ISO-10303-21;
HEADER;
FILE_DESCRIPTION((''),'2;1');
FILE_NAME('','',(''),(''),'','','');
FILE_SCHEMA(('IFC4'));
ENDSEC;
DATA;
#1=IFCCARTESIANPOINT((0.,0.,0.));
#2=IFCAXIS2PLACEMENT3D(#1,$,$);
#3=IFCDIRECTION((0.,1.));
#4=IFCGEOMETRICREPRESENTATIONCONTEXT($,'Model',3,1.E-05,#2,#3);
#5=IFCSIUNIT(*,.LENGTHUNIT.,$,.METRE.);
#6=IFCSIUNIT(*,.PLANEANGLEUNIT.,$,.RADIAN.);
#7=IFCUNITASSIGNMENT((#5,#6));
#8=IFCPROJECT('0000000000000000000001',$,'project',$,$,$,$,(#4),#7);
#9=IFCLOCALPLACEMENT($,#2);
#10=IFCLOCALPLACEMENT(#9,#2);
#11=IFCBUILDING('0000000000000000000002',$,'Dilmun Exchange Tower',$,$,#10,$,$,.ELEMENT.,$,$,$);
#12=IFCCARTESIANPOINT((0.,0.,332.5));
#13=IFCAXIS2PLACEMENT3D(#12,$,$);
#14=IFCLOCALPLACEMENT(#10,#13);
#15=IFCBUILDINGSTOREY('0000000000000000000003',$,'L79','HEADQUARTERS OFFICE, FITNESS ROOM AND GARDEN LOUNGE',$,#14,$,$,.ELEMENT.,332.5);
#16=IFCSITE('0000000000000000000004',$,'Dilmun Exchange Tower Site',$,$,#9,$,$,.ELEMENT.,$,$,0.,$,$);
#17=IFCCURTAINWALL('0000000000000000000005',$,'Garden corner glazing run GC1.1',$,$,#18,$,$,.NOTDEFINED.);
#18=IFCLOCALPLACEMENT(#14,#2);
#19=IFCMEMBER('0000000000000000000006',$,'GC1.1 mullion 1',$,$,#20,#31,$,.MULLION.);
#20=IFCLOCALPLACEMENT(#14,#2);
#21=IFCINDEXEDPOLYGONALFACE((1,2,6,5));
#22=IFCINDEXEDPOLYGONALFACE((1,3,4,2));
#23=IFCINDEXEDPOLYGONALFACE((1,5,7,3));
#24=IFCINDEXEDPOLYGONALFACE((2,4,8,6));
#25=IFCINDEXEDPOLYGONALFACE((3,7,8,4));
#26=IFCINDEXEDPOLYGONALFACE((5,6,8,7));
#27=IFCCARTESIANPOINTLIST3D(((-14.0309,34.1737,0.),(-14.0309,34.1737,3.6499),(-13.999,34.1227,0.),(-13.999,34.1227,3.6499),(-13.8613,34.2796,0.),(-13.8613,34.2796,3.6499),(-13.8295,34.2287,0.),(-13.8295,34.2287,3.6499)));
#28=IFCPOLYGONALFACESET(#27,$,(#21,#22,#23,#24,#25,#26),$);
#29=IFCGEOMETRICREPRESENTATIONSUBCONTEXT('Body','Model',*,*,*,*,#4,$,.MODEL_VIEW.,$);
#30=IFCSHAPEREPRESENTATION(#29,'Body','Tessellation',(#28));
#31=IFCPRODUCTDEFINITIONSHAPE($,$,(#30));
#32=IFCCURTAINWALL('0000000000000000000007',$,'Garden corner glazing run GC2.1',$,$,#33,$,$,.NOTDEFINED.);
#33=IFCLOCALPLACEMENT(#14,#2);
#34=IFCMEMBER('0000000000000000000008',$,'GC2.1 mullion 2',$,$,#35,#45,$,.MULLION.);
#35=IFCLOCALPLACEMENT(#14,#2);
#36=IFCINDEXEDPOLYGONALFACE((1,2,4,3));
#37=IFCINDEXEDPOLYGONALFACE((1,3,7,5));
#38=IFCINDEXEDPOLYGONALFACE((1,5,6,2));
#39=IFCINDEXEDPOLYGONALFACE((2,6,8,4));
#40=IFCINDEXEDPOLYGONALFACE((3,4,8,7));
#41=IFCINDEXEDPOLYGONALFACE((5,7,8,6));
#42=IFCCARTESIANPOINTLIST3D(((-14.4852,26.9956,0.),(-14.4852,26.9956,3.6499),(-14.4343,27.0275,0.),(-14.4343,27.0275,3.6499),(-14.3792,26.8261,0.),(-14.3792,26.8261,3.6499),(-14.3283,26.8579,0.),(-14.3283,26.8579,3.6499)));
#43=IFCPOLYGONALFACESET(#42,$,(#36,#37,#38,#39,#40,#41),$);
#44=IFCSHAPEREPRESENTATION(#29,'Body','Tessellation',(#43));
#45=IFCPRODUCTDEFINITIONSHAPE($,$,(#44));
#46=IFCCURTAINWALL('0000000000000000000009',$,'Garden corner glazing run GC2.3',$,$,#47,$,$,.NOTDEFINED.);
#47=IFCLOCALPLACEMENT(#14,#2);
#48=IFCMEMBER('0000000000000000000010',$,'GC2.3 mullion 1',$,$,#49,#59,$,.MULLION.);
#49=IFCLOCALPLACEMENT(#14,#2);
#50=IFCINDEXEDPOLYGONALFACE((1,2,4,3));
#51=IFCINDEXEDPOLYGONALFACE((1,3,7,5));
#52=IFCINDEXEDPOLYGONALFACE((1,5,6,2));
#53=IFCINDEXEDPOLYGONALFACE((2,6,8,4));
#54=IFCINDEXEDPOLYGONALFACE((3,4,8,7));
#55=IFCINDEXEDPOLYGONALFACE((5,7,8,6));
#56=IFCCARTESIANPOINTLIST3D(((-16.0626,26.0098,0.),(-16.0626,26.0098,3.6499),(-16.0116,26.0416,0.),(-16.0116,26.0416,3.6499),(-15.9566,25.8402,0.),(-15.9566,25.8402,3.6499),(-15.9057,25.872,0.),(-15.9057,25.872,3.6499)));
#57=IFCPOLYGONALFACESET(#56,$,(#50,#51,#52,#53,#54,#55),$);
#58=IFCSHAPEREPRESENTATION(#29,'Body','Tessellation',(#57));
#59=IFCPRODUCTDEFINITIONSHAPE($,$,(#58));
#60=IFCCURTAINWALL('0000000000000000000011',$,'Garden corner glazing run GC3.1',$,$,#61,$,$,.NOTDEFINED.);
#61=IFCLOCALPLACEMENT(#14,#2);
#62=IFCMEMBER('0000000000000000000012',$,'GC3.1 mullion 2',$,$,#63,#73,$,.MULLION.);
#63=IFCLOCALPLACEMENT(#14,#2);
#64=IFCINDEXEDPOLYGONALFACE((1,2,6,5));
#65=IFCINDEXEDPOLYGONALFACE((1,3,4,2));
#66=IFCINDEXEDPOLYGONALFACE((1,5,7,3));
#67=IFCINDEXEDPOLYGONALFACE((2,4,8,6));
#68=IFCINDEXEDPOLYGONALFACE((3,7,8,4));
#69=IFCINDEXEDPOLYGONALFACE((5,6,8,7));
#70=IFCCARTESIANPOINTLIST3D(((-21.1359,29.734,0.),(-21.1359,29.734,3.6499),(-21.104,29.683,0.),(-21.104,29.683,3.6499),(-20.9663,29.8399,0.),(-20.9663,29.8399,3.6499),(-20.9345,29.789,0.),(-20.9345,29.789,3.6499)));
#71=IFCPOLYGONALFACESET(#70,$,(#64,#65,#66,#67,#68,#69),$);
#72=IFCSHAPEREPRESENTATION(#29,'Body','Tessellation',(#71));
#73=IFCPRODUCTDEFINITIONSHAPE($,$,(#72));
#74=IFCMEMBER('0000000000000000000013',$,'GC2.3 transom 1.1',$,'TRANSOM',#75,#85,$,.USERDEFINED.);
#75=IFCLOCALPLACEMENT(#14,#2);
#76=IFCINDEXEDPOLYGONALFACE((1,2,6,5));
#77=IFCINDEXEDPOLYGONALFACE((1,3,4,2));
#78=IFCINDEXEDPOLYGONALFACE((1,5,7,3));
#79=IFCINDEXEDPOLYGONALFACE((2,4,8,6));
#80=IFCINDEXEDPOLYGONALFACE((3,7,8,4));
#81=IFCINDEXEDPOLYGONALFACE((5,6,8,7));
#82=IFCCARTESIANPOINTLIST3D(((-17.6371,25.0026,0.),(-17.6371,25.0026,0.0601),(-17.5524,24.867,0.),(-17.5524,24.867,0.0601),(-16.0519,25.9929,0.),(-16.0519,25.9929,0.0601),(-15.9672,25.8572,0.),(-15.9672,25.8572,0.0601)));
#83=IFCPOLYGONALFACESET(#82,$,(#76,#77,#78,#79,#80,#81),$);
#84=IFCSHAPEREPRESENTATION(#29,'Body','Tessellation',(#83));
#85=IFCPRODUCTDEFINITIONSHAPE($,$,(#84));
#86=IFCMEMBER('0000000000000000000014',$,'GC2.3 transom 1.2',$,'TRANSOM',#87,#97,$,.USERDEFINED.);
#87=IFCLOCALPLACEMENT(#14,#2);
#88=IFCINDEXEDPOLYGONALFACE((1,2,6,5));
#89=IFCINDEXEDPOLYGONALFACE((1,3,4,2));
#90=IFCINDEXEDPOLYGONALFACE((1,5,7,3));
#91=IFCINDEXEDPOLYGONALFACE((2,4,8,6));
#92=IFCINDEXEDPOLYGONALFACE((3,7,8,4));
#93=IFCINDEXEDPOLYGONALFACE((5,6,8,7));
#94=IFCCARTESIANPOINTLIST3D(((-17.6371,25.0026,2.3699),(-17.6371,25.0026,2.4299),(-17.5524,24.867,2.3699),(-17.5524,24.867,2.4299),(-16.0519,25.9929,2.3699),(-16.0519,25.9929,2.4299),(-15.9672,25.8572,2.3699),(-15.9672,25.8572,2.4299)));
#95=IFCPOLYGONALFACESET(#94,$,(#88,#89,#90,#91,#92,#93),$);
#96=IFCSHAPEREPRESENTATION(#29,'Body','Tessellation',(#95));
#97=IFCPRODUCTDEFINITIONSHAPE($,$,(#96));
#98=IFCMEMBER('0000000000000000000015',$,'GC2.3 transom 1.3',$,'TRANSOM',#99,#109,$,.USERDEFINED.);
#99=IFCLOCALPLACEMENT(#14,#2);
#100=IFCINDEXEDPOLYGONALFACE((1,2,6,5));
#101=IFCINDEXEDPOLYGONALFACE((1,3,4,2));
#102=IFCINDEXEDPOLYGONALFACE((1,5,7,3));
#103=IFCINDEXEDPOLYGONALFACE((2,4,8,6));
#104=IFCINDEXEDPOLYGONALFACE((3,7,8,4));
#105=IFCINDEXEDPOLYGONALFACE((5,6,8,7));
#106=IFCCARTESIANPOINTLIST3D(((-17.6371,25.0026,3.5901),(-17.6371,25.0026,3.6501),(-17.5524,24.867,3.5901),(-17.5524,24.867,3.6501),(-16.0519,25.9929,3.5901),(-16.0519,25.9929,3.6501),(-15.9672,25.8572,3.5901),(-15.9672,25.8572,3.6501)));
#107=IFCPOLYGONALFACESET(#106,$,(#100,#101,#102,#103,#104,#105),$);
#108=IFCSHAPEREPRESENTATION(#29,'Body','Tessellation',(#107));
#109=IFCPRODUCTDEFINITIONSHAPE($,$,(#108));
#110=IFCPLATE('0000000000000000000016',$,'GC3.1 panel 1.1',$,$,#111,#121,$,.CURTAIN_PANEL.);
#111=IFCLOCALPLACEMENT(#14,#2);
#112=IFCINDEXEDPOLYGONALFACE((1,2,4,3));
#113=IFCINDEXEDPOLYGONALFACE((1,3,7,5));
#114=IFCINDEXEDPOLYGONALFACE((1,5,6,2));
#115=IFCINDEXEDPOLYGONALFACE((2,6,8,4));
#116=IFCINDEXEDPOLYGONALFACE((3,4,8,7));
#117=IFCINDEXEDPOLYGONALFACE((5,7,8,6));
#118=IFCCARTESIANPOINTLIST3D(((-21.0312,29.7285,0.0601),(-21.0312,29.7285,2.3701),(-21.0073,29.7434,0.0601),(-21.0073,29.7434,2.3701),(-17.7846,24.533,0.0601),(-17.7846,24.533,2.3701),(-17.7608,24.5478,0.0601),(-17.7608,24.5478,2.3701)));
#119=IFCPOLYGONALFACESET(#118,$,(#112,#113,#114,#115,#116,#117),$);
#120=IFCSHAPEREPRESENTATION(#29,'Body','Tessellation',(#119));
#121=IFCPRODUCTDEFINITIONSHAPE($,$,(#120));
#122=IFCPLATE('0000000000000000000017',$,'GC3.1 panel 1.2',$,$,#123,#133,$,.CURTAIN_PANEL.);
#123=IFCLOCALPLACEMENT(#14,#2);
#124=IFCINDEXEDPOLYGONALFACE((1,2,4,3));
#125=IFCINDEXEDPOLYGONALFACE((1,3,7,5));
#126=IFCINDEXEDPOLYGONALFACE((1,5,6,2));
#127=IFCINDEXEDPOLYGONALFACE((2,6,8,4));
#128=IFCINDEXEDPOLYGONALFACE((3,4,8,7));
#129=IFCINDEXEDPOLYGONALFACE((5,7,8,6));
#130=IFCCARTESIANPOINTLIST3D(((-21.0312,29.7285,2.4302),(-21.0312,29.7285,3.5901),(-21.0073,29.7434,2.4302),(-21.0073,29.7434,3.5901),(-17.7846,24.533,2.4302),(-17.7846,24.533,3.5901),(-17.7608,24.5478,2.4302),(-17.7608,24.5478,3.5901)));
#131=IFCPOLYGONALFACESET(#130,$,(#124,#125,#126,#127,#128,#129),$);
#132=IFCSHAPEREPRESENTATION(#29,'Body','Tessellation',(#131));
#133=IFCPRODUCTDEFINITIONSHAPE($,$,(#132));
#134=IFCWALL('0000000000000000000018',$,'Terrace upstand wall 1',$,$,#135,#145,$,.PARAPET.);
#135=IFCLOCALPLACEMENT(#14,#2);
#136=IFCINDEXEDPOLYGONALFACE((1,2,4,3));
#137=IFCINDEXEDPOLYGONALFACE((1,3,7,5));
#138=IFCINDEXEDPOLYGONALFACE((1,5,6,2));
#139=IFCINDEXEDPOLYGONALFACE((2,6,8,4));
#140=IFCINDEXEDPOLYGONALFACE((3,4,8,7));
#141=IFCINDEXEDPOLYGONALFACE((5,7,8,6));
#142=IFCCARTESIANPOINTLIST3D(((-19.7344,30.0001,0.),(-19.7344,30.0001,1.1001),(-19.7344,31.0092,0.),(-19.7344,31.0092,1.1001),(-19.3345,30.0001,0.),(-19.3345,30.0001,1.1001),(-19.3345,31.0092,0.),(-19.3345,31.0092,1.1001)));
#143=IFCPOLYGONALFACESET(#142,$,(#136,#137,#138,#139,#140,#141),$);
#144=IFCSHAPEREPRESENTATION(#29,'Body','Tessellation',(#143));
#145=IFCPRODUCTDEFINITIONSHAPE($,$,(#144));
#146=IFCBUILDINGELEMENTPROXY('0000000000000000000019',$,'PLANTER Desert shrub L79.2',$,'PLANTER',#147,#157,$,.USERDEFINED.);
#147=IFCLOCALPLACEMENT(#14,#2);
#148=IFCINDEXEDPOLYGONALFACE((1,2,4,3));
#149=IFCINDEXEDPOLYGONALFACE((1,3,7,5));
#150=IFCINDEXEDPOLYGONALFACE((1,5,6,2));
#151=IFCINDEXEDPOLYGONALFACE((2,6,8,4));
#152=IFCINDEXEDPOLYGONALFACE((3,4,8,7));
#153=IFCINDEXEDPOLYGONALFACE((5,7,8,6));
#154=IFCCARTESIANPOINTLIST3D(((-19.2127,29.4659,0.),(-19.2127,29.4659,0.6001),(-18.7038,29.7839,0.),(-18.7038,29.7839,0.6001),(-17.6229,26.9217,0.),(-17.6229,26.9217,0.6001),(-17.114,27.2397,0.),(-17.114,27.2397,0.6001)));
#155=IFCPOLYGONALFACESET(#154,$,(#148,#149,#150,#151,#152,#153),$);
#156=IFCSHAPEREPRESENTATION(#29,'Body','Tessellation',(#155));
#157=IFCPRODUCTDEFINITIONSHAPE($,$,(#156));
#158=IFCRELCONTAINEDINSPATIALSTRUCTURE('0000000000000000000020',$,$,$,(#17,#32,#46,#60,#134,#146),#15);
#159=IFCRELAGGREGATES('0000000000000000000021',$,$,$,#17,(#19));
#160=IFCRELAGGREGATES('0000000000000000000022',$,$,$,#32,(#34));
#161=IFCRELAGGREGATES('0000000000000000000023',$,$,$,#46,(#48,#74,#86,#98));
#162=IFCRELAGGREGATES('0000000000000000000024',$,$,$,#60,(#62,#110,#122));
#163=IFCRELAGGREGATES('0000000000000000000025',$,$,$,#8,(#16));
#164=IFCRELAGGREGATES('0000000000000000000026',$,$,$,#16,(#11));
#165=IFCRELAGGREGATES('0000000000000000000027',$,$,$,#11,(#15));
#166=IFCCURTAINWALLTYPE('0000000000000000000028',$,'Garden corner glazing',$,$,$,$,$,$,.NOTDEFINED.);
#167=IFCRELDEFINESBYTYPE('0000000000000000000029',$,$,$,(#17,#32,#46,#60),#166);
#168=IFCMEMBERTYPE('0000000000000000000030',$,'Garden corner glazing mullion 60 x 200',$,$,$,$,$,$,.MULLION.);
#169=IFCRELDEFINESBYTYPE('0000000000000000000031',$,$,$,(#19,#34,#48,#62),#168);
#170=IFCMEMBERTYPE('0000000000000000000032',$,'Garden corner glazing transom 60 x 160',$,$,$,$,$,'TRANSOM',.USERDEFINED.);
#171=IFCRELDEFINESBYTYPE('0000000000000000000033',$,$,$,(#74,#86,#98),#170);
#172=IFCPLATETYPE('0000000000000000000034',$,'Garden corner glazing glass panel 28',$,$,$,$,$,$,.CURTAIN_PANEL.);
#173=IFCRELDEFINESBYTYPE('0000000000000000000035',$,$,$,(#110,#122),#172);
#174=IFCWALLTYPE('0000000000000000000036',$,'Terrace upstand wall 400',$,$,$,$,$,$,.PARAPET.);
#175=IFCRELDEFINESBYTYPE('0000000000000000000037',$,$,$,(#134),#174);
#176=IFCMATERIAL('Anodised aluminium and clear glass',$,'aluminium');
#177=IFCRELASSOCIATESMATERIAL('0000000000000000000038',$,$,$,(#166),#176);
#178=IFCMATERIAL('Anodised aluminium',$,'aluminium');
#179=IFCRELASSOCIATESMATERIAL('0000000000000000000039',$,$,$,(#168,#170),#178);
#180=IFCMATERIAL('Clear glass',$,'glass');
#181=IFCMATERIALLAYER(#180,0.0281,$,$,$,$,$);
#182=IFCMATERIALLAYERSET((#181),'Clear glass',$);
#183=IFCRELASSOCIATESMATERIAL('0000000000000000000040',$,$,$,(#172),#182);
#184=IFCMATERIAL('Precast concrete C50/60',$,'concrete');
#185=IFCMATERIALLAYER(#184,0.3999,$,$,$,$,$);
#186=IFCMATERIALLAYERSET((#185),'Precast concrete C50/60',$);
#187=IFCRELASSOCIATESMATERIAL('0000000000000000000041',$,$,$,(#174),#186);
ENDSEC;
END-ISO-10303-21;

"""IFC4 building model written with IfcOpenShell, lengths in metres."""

from ifc_helpers import new_model, si_unit, direction, frame, frame_2d, origin, origin_2d, place, context, subcontext, project, spatial, rectangle, extrude, material, layer, layer_set, material_profile, profile_set, type_object, element, aggregate, save


model = new_model("IFC4")

# Units and contexts
model_context = context("Model", 3, precision=1e-05, world=origin(), true_north=direction((0.0, 1.0)))
body_context = subcontext(model_context, "Body", "Model", "MODEL_VIEW")
ifc_project = project(units=[si_unit("LENGTHUNIT", "METRE"), si_unit("PLANEANGLEUNIT", "RADIAN")], contexts=[model_context])

# Site, building, storey
site_placement = place(None, origin())
site = spatial("IfcSite", under=ifc_project, at=site_placement, Name="Dilmun Exchange Tower Site", CompositionType="ELEMENT", RefElevation=0.0)
building_placement = place(site_placement, origin())
building = spatial("IfcBuilding", under=site, at=building_placement, Name="Dilmun Exchange Tower", CompositionType="ELEMENT")
storey_placement = place(building_placement, frame((0.0, 0.0, 332.5)))
storey = spatial("IfcBuildingStorey", under=building, at=storey_placement, Name="L79", Description="HEADQUARTERS OFFICE, FITNESS ROOM AND GARDEN LOUNGE", CompositionType="ELEMENT", Elevation=332.5)

# Curtain walls, members
ifc_material_1 = material(Name="Anodised aluminium and clear glass", Category="aluminium")
curtain_wall_type = type_object("IfcCurtainWallType", Name="Garden corner glazing", PredefinedType="NOTDEFINED", material=ifc_material_1)
curtain_wall_1_placement = place(storey_placement, origin())
curtain_wall_1 = element("IfcCurtainWall", 1, at=curtain_wall_1_placement, inside=storey, type_object=curtain_wall_type, Name="Garden corner glazing run GC1.1", PredefinedType="NOTDEFINED")
ifc_material_2 = material(Name="Anodised aluminium", Category="aluminium")
ifc_material_profile_1 = material_profile(ifc_material_2, rectangle(XDim=0.2, YDim=0.0601, at=origin_2d()), Name="AL 60x200")
ifc_profile_set_1 = profile_set([ifc_material_profile_1], Name="Anodised aluminium")
member_type_1 = type_object("IfcMemberType", Name="Garden corner glazing mullion 60 x 200", PredefinedType="MULLION", material=ifc_profile_set_1)
member_1_placement = place(storey_placement, frame((-13.9302, 34.2012, 0.0), z_axis=(0.0, 0.0, 1.0), x_axis=(0.84805, 0.529917, 0.0)))
member_1 = element("IfcMember", 2, at=member_1_placement, type_object=member_type_1, Name="GC1.1 mullion 1", PredefinedType="MULLION", context=body_context, shape_type="SweptSolid", body=[
    extrude(rectangle(XDim=0.2, YDim=0.0601, at=origin_2d()), origin(), (0.0, 0.0, 1.0), 3.6499),
])
aggregate(curtain_wall_1, [member_1])
curtain_wall_2_placement = place(storey_placement, origin())
curtain_wall_2 = element("IfcCurtainWall", 3, at=curtain_wall_2_placement, inside=storey, type_object=curtain_wall_type, Name="Garden corner glazing run GC2.1", PredefinedType="NOTDEFINED")
member_2_placement = place(storey_placement, frame((-14.4067, 26.9268, 0.0), z_axis=(0.0, 0.0, 1.0), x_axis=(0.529925, -0.848045, 0.0)))
member_2 = element("IfcMember", 4, at=member_2_placement, type_object=member_type_1, Name="GC2.1 mullion 2", PredefinedType="MULLION", context=body_context, shape_type="SweptSolid", body=[
    extrude(rectangle(XDim=0.2, YDim=0.0601, at=origin_2d()), origin(), (0.0, 0.0, 1.0), 3.6499),
])
aggregate(curtain_wall_2, [member_2])
curtain_wall_3_placement = place(storey_placement, origin())
curtain_wall_3 = element("IfcCurtainWall", 5, at=curtain_wall_3_placement, inside=storey, type_object=curtain_wall_type, Name="Garden corner glazing run GC2.3", PredefinedType="NOTDEFINED")
member_3_placement = place(storey_placement, frame((-15.9841, 25.9409, 0.0), z_axis=(0.0, 0.0, 1.0), x_axis=(0.529886, -0.848069, 0.0)))
member_3 = element("IfcMember", 6, at=member_3_placement, type_object=member_type_1, Name="GC2.3 mullion 1", PredefinedType="MULLION", context=body_context, shape_type="SweptSolid", body=[
    extrude(rectangle(XDim=0.2, YDim=0.0601, at=origin_2d()), origin(), (0.0, 0.0, 1.0), 3.6499),
])
curtain_wall_4_placement = place(storey_placement, origin())
curtain_wall_4 = element("IfcCurtainWall", 7, at=curtain_wall_4_placement, inside=storey, type_object=curtain_wall_type, Name="Garden corner glazing run GC3.1", PredefinedType="NOTDEFINED")
member_4_placement = place(storey_placement, frame((-21.0352, 29.7615, 0.0), z_axis=(0.0, 0.0, 1.0), x_axis=(-0.84805, -0.529917, 0.0)))
member_4 = element("IfcMember", 8, at=member_4_placement, type_object=member_type_1, Name="GC3.1 mullion 2", PredefinedType="MULLION", context=body_context, shape_type="SweptSolid", body=[
    extrude(rectangle(XDim=0.2, YDim=0.0601, at=origin_2d()), origin(), (0.0, 0.0, 1.0), 3.6499),
])

# Members
ifc_material_profile_2 = material_profile(ifc_material_2, rectangle(XDim=0.1599, YDim=0.0601, at=origin_2d()), Name="AL 60x160")
ifc_profile_set_2 = profile_set([ifc_material_profile_2], Name="Anodised aluminium")
member_type_2 = type_object("IfcMemberType", Name="Garden corner glazing transom 60 x 160", ElementType="TRANSOM", PredefinedType="USERDEFINED", material=ifc_profile_set_2)
member_5_placement = place(storey_placement, frame((-16.0095, 25.925, 0.03), z_axis=(-0.848123, -0.529799, 0.0), x_axis=(0.529799, -0.848123, 0.0)))
member_5 = element("IfcMember", 9, at=member_5_placement, type_object=member_type_2, Name="GC2.3 transom 1.1", ObjectType="TRANSOM", PredefinedType="USERDEFINED", context=body_context, shape_type="SweptSolid", body=[
    extrude(rectangle(XDim=0.1599, YDim=0.0601, at=origin_2d()), origin(), (0.0, 0.0, 1.0), 1.8691),
])
member_6_placement = place(storey_placement, frame((-16.0095, 25.925, 2.3999), z_axis=(-0.848123, -0.529799, 0.0), x_axis=(0.529799, -0.848123, 0.0)))
member_6 = element("IfcMember", 10, at=member_6_placement, type_object=member_type_2, Name="GC2.3 transom 1.2", ObjectType="TRANSOM", PredefinedType="USERDEFINED", context=body_context, shape_type="SweptSolid", body=[
    extrude(rectangle(XDim=0.1599, YDim=0.0601, at=origin_2d()), origin(), (0.0, 0.0, 1.0), 1.8691),
])
member_7_placement = place(storey_placement, frame((-16.0095, 25.925, 3.6201), z_axis=(-0.848123, -0.529799, 0.0), x_axis=(0.529799, -0.848123, 0.0)))
member_7 = element("IfcMember", 11, at=member_7_placement, type_object=member_type_2, Name="GC2.3 transom 1.3", ObjectType="TRANSOM", PredefinedType="USERDEFINED", context=body_context, shape_type="SweptSolid", body=[
    extrude(rectangle(XDim=0.1599, YDim=0.0601, at=origin_2d()), origin(), (0.0, 0.0, 1.0), 1.8691),
])
aggregate(curtain_wall_3, [member_3, member_5, member_6, member_7])

# Plates
ifc_material_3 = material(Name="Clear glass", Category="glass")
ifc_layer_1 = layer(ifc_material_3, 0.0281)
ifc_layer_set_1 = layer_set([ifc_layer_1], Name="Clear glass")
plate_type = type_object("IfcPlateType", Name="Garden corner glazing glass panel 28", PredefinedType="CURTAIN_PANEL", material=ifc_layer_set_1)
plate_1_placement = place(storey_placement, frame((-19.396, 27.1382, 0.0601), z_axis=(0.0, 0.0, 1.0), x_axis=(-0.529917, 0.84805, 0.0)))
plate_1 = element("IfcPlate", 12, at=plate_1_placement, type_object=plate_type, Name="GC3.1 panel 1.1", PredefinedType="CURTAIN_PANEL", context=body_context, shape_type="SweptSolid", body=[
    extrude(rectangle(XDim=6.1265, YDim=0.0281, at=origin_2d()), origin(), (0.0, 0.0, 1.0), 2.3101),
])
plate_2_placement = place(storey_placement, frame((-19.396, 27.1382, 2.4302), z_axis=(0.0, 0.0, 1.0), x_axis=(-0.529917, 0.84805, 0.0)))
plate_2 = element("IfcPlate", 13, at=plate_2_placement, type_object=plate_type, Name="GC3.1 panel 1.2", PredefinedType="CURTAIN_PANEL", context=body_context, shape_type="SweptSolid", body=[
    extrude(rectangle(XDim=6.1265, YDim=0.0281, at=origin_2d()), origin(), (0.0, 0.0, 1.0), 1.1599),
])
aggregate(curtain_wall_4, [member_4, plate_1, plate_2])

# Shared definitions
ifc_material_4 = material(Name="Precast concrete C50/60", Category="concrete")

# Wall
ifc_layer_2 = layer(ifc_material_4, 0.3999)
ifc_layer_set_2 = layer_set([ifc_layer_2], Name="Precast concrete C50/60")
wall_type_1 = type_object("IfcWallType", Name="Terrace upstand wall 400", PredefinedType="PARAPET", material=ifc_layer_set_2)
wall_1_placement = place(storey_placement, frame((-19.5344, 31.009, 0.0), z_axis=(0.0, 0.0, 1.0), x_axis=(0.0, -1.0, 0.0)))
element("IfcWall", 14, at=wall_1_placement, inside=storey, type_object=wall_type_1, Name="Terrace upstand wall 1", PredefinedType="PARAPET", context=body_context, shape_type="SweptSolid", body=[
    extrude(rectangle(XDim=1.009, YDim=0.3999, at=frame_2d((0.5044, 0.0))), origin(), (0.0, 0.0, 1.0), 1.1001),
])

# Building element proxy
proxy_placement = place(storey_placement, frame((-18.1633, 28.3528, 0.0), z_axis=(0.0, 0.0, 1.0), x_axis=(-0.529919, 0.848048, 0.0)))
element("IfcBuildingElementProxy", 15, at=proxy_placement, inside=storey, Name="PLANTER Desert shrub L79.2", ObjectType="PLANTER", PredefinedType="USERDEFINED", context=body_context, shape_type="SweptSolid", body=[
    extrude(rectangle(XDim=3.0, YDim=0.6001, at=origin_2d()), origin(), (0.0, 0.0, 1.0), 0.6001),
])

save(model, "model.ifc")
